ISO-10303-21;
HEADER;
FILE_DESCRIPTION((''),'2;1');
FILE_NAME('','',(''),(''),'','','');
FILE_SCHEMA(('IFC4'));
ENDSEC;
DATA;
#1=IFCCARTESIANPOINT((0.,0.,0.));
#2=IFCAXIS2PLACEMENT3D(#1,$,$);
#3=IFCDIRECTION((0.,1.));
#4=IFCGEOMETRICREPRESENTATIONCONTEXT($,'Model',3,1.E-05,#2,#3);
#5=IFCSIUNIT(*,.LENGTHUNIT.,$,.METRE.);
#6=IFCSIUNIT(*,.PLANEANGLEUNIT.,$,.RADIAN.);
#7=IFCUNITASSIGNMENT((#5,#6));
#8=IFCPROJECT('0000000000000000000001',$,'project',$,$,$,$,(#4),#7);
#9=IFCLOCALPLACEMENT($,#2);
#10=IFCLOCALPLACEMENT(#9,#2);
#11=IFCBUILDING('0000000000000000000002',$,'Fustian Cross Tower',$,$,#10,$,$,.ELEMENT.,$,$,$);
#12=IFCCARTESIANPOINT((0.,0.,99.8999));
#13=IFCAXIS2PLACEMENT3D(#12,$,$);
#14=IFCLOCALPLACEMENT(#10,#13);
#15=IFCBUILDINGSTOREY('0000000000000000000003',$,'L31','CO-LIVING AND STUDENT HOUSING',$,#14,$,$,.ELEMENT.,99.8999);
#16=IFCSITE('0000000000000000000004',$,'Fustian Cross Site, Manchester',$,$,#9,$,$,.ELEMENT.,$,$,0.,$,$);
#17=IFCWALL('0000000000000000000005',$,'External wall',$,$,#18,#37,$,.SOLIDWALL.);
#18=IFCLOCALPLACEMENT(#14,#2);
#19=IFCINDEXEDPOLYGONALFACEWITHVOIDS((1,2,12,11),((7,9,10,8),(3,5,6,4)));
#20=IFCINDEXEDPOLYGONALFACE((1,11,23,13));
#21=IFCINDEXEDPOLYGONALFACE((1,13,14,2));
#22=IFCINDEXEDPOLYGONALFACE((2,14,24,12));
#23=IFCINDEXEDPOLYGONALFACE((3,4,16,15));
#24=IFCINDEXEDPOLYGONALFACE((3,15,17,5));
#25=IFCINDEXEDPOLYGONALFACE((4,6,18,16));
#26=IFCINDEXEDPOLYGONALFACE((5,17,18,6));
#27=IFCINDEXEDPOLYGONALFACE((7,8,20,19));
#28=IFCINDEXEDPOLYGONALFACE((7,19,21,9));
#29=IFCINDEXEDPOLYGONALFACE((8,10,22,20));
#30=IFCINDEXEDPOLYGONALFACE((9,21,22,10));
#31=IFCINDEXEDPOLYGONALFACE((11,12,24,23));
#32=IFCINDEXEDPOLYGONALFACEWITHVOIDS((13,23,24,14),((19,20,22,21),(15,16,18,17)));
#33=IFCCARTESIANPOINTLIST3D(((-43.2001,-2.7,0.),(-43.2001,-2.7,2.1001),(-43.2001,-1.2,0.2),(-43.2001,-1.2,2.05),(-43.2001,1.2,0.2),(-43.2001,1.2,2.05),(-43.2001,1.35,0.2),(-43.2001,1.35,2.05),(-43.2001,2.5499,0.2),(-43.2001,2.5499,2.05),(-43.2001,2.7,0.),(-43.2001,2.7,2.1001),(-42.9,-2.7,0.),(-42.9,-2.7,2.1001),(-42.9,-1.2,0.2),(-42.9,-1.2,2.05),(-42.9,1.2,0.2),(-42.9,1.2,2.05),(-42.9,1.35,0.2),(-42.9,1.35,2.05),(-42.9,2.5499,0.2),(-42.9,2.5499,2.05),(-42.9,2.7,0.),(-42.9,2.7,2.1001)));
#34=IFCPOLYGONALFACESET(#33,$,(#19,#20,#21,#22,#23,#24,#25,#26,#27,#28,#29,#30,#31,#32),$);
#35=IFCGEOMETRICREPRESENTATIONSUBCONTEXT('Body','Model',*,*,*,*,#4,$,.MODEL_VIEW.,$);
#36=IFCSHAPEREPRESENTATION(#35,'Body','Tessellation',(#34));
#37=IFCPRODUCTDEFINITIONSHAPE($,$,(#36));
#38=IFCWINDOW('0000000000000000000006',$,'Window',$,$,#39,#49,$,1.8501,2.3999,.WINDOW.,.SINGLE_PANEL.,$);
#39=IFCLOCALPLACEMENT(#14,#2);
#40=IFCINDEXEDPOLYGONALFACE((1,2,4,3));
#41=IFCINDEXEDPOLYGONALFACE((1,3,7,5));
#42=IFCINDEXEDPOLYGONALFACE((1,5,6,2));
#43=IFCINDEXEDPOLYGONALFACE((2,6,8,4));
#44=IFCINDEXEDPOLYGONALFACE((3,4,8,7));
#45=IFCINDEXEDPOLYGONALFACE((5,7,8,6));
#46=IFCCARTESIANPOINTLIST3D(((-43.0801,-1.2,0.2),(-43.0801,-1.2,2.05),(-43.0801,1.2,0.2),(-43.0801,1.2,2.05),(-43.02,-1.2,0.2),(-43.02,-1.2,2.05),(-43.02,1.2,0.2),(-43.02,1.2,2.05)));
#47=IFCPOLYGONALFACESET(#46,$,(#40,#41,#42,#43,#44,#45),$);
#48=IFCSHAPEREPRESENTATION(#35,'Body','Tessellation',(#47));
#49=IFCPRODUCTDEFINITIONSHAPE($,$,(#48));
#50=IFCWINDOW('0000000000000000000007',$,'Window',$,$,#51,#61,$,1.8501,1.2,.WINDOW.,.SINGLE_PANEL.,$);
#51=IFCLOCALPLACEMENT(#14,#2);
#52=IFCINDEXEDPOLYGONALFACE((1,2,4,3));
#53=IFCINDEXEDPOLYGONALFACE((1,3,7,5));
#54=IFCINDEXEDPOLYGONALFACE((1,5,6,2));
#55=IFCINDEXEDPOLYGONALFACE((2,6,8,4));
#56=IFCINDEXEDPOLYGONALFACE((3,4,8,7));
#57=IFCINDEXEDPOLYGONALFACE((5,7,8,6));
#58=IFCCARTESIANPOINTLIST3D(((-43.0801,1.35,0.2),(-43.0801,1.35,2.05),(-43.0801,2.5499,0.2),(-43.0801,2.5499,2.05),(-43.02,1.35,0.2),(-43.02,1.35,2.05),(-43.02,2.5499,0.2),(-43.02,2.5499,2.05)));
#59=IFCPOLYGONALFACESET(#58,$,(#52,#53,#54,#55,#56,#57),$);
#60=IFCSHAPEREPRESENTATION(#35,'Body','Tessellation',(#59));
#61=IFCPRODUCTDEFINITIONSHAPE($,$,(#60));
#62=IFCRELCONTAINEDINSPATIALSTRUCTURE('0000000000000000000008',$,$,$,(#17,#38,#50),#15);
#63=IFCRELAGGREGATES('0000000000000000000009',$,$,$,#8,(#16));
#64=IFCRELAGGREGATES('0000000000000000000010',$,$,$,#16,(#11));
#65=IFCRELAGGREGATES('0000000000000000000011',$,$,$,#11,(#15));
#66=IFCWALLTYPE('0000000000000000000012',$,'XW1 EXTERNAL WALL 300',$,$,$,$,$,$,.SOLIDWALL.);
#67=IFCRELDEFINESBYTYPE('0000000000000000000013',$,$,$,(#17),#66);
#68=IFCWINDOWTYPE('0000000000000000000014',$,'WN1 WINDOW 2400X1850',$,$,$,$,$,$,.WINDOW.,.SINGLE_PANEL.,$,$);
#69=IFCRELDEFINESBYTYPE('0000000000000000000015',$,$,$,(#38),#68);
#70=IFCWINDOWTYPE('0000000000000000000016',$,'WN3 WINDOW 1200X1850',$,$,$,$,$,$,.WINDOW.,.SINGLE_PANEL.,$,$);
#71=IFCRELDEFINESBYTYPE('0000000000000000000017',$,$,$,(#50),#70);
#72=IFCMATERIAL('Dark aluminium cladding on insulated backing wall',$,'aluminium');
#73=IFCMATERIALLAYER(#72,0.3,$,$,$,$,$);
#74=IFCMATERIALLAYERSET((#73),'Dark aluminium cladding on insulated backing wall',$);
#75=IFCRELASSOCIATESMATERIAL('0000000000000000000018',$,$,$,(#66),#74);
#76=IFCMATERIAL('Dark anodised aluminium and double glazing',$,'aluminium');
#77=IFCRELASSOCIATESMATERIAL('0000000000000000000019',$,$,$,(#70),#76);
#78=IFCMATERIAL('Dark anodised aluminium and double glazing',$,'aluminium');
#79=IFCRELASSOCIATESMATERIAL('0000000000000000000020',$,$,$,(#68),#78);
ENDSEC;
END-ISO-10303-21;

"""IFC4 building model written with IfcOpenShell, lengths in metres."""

from ifc_helpers import new_model, si_unit, direction, frame, frame_2d, origin, place, context, subcontext, project, spatial, rectangle, extrude, material, layer, layer_set, type_object, element, fill, save


model = new_model("IFC4")

# Units and contexts
model_context = context("Model", 3, precision=1e-05, world=origin(), true_north=direction((0.0, 1.0)))
body_context = subcontext(model_context, "Body", "Model", "MODEL_VIEW")
ifc_project = project(units=[si_unit("LENGTHUNIT", "METRE"), si_unit("PLANEANGLEUNIT", "RADIAN")], contexts=[model_context])

# Site, building, storey
site_placement = place(None, origin())
site = spatial("IfcSite", under=ifc_project, at=site_placement, Name="Fustian Cross Site, Manchester", CompositionType="ELEMENT", RefElevation=0.0)
building_placement = place(site_placement, origin())
building = spatial("IfcBuilding", under=site, at=building_placement, Name="Fustian Cross Tower", CompositionType="ELEMENT")
storey_placement = place(building_placement, frame((0.0, 0.0, 99.8999)))
storey = spatial("IfcBuildingStorey", under=building, at=storey_placement, Name="L31", Description="CO-LIVING AND STUDENT HOUSING", CompositionType="ELEMENT", Elevation=99.8999)

# Shared definitions
ifc_material_1 = material(Name="Dark aluminium cladding on insulated backing wall", Category="aluminium")
ifc_layer = layer(ifc_material_1, 0.3)
ifc_layer_set = layer_set([ifc_layer], Name="Dark aluminium cladding on insulated backing wall")
wall_type = type_object("IfcWallType", Name="XW1 EXTERNAL WALL 300", PredefinedType="SOLIDWALL", material=ifc_layer_set)
ifc_material_2 = material(Name="Dark anodised aluminium and double glazing", Category="aluminium")
window_type_1 = type_object("IfcWindowType", Name="WN3 WINDOW 1200X1850", PartitioningType="SINGLE_PANEL", PredefinedType="WINDOW", material=ifc_material_2)

# Wall, openings, windows
wall_1_placement = place(storey_placement, frame((-43.05, 2.7, 0.0), z_axis=(0.0, 0.0, 1.0), x_axis=(0.0, -1.0, 0.0)))
wall_1 = element("IfcWall", 1, at=wall_1_placement, inside=storey, type_object=wall_type, Name="External wall", PredefinedType="SOLIDWALL", context=body_context, shape_type="SweptSolid", body=[
    extrude(rectangle(XDim=5.3999, YDim=0.3, at=frame_2d((2.7, 0.0))), origin(), (0.0, 0.0, 1.0), 2.1001),
])
opening_1_placement = place(wall_1_placement, frame((1.5, 0.0, 0.2)))
opening_1 = element("IfcOpeningElement", 2, at=opening_1_placement, cuts=wall_1, PredefinedType="OPENING", context=body_context, shape_type="SweptSolid", body=[
    extrude(rectangle(XDim=2.3999, YDim=1.8501, at=frame_2d((1.2, 0.925))), frame((0.0, 0.1599, 0.0), z_axis=(0.0, -1.0, 0.0), x_axis=(1.0, 0.0, 0.0)), (0.0, 0.0, 1.0), 0.3201),
])
opening_2_placement = place(wall_1_placement, frame((0.1499, 0.0, 0.2)))
opening_2 = element("IfcOpeningElement", 3, at=opening_2_placement, cuts=wall_1, PredefinedType="OPENING", context=body_context, shape_type="SweptSolid", body=[
    extrude(rectangle(XDim=1.2, YDim=1.8501, at=frame_2d((0.6001, 0.925))), frame((0.0, 0.1599, 0.0), z_axis=(0.0, -1.0, 0.0), x_axis=(1.0, 0.0, 0.0)), (0.0, 0.0, 1.0), 0.3201),
])
ifc_material_3 = material(Name="Dark anodised aluminium and double glazing", Category="aluminium")
window_type_2 = type_object("IfcWindowType", Name="WN1 WINDOW 2400X1850", PartitioningType="SINGLE_PANEL", PredefinedType="WINDOW", material=ifc_material_3)
window_1_placement = place(opening_1_placement, origin())
window_1 = element("IfcWindow", 4, at=window_1_placement, inside=storey, type_object=window_type_2, Name="Window", OverallHeight=1.8501, OverallWidth=2.3999, PartitioningType="SINGLE_PANEL", PredefinedType="WINDOW", context=body_context, shape_type="SweptSolid", body=[
    extrude(rectangle(XDim=2.3999, YDim=1.8501, at=frame_2d((1.2, 0.925))), frame((0.0, 0.03, 0.0), z_axis=(0.0, -1.0, 0.0), x_axis=(1.0, 0.0, 0.0)), (0.0, 0.0, 1.0), 0.0601),
])
fill(opening_1, window_1)
window_2_placement = place(opening_2_placement, origin())
window_2 = element("IfcWindow", 5, at=window_2_placement, inside=storey, type_object=window_type_1, Name="Window", OverallHeight=1.8501, OverallWidth=1.2, PartitioningType="SINGLE_PANEL", PredefinedType="WINDOW", context=body_context, shape_type="SweptSolid", body=[
    extrude(rectangle(XDim=1.2, YDim=1.8501, at=frame_2d((0.6001, 0.925))), frame((0.0, 0.03, 0.0), z_axis=(0.0, -1.0, 0.0), x_axis=(1.0, 0.0, 0.0)), (0.0, 0.0, 1.0), 0.0601),
])
fill(opening_2, window_2)

save(model, "model.ifc")
